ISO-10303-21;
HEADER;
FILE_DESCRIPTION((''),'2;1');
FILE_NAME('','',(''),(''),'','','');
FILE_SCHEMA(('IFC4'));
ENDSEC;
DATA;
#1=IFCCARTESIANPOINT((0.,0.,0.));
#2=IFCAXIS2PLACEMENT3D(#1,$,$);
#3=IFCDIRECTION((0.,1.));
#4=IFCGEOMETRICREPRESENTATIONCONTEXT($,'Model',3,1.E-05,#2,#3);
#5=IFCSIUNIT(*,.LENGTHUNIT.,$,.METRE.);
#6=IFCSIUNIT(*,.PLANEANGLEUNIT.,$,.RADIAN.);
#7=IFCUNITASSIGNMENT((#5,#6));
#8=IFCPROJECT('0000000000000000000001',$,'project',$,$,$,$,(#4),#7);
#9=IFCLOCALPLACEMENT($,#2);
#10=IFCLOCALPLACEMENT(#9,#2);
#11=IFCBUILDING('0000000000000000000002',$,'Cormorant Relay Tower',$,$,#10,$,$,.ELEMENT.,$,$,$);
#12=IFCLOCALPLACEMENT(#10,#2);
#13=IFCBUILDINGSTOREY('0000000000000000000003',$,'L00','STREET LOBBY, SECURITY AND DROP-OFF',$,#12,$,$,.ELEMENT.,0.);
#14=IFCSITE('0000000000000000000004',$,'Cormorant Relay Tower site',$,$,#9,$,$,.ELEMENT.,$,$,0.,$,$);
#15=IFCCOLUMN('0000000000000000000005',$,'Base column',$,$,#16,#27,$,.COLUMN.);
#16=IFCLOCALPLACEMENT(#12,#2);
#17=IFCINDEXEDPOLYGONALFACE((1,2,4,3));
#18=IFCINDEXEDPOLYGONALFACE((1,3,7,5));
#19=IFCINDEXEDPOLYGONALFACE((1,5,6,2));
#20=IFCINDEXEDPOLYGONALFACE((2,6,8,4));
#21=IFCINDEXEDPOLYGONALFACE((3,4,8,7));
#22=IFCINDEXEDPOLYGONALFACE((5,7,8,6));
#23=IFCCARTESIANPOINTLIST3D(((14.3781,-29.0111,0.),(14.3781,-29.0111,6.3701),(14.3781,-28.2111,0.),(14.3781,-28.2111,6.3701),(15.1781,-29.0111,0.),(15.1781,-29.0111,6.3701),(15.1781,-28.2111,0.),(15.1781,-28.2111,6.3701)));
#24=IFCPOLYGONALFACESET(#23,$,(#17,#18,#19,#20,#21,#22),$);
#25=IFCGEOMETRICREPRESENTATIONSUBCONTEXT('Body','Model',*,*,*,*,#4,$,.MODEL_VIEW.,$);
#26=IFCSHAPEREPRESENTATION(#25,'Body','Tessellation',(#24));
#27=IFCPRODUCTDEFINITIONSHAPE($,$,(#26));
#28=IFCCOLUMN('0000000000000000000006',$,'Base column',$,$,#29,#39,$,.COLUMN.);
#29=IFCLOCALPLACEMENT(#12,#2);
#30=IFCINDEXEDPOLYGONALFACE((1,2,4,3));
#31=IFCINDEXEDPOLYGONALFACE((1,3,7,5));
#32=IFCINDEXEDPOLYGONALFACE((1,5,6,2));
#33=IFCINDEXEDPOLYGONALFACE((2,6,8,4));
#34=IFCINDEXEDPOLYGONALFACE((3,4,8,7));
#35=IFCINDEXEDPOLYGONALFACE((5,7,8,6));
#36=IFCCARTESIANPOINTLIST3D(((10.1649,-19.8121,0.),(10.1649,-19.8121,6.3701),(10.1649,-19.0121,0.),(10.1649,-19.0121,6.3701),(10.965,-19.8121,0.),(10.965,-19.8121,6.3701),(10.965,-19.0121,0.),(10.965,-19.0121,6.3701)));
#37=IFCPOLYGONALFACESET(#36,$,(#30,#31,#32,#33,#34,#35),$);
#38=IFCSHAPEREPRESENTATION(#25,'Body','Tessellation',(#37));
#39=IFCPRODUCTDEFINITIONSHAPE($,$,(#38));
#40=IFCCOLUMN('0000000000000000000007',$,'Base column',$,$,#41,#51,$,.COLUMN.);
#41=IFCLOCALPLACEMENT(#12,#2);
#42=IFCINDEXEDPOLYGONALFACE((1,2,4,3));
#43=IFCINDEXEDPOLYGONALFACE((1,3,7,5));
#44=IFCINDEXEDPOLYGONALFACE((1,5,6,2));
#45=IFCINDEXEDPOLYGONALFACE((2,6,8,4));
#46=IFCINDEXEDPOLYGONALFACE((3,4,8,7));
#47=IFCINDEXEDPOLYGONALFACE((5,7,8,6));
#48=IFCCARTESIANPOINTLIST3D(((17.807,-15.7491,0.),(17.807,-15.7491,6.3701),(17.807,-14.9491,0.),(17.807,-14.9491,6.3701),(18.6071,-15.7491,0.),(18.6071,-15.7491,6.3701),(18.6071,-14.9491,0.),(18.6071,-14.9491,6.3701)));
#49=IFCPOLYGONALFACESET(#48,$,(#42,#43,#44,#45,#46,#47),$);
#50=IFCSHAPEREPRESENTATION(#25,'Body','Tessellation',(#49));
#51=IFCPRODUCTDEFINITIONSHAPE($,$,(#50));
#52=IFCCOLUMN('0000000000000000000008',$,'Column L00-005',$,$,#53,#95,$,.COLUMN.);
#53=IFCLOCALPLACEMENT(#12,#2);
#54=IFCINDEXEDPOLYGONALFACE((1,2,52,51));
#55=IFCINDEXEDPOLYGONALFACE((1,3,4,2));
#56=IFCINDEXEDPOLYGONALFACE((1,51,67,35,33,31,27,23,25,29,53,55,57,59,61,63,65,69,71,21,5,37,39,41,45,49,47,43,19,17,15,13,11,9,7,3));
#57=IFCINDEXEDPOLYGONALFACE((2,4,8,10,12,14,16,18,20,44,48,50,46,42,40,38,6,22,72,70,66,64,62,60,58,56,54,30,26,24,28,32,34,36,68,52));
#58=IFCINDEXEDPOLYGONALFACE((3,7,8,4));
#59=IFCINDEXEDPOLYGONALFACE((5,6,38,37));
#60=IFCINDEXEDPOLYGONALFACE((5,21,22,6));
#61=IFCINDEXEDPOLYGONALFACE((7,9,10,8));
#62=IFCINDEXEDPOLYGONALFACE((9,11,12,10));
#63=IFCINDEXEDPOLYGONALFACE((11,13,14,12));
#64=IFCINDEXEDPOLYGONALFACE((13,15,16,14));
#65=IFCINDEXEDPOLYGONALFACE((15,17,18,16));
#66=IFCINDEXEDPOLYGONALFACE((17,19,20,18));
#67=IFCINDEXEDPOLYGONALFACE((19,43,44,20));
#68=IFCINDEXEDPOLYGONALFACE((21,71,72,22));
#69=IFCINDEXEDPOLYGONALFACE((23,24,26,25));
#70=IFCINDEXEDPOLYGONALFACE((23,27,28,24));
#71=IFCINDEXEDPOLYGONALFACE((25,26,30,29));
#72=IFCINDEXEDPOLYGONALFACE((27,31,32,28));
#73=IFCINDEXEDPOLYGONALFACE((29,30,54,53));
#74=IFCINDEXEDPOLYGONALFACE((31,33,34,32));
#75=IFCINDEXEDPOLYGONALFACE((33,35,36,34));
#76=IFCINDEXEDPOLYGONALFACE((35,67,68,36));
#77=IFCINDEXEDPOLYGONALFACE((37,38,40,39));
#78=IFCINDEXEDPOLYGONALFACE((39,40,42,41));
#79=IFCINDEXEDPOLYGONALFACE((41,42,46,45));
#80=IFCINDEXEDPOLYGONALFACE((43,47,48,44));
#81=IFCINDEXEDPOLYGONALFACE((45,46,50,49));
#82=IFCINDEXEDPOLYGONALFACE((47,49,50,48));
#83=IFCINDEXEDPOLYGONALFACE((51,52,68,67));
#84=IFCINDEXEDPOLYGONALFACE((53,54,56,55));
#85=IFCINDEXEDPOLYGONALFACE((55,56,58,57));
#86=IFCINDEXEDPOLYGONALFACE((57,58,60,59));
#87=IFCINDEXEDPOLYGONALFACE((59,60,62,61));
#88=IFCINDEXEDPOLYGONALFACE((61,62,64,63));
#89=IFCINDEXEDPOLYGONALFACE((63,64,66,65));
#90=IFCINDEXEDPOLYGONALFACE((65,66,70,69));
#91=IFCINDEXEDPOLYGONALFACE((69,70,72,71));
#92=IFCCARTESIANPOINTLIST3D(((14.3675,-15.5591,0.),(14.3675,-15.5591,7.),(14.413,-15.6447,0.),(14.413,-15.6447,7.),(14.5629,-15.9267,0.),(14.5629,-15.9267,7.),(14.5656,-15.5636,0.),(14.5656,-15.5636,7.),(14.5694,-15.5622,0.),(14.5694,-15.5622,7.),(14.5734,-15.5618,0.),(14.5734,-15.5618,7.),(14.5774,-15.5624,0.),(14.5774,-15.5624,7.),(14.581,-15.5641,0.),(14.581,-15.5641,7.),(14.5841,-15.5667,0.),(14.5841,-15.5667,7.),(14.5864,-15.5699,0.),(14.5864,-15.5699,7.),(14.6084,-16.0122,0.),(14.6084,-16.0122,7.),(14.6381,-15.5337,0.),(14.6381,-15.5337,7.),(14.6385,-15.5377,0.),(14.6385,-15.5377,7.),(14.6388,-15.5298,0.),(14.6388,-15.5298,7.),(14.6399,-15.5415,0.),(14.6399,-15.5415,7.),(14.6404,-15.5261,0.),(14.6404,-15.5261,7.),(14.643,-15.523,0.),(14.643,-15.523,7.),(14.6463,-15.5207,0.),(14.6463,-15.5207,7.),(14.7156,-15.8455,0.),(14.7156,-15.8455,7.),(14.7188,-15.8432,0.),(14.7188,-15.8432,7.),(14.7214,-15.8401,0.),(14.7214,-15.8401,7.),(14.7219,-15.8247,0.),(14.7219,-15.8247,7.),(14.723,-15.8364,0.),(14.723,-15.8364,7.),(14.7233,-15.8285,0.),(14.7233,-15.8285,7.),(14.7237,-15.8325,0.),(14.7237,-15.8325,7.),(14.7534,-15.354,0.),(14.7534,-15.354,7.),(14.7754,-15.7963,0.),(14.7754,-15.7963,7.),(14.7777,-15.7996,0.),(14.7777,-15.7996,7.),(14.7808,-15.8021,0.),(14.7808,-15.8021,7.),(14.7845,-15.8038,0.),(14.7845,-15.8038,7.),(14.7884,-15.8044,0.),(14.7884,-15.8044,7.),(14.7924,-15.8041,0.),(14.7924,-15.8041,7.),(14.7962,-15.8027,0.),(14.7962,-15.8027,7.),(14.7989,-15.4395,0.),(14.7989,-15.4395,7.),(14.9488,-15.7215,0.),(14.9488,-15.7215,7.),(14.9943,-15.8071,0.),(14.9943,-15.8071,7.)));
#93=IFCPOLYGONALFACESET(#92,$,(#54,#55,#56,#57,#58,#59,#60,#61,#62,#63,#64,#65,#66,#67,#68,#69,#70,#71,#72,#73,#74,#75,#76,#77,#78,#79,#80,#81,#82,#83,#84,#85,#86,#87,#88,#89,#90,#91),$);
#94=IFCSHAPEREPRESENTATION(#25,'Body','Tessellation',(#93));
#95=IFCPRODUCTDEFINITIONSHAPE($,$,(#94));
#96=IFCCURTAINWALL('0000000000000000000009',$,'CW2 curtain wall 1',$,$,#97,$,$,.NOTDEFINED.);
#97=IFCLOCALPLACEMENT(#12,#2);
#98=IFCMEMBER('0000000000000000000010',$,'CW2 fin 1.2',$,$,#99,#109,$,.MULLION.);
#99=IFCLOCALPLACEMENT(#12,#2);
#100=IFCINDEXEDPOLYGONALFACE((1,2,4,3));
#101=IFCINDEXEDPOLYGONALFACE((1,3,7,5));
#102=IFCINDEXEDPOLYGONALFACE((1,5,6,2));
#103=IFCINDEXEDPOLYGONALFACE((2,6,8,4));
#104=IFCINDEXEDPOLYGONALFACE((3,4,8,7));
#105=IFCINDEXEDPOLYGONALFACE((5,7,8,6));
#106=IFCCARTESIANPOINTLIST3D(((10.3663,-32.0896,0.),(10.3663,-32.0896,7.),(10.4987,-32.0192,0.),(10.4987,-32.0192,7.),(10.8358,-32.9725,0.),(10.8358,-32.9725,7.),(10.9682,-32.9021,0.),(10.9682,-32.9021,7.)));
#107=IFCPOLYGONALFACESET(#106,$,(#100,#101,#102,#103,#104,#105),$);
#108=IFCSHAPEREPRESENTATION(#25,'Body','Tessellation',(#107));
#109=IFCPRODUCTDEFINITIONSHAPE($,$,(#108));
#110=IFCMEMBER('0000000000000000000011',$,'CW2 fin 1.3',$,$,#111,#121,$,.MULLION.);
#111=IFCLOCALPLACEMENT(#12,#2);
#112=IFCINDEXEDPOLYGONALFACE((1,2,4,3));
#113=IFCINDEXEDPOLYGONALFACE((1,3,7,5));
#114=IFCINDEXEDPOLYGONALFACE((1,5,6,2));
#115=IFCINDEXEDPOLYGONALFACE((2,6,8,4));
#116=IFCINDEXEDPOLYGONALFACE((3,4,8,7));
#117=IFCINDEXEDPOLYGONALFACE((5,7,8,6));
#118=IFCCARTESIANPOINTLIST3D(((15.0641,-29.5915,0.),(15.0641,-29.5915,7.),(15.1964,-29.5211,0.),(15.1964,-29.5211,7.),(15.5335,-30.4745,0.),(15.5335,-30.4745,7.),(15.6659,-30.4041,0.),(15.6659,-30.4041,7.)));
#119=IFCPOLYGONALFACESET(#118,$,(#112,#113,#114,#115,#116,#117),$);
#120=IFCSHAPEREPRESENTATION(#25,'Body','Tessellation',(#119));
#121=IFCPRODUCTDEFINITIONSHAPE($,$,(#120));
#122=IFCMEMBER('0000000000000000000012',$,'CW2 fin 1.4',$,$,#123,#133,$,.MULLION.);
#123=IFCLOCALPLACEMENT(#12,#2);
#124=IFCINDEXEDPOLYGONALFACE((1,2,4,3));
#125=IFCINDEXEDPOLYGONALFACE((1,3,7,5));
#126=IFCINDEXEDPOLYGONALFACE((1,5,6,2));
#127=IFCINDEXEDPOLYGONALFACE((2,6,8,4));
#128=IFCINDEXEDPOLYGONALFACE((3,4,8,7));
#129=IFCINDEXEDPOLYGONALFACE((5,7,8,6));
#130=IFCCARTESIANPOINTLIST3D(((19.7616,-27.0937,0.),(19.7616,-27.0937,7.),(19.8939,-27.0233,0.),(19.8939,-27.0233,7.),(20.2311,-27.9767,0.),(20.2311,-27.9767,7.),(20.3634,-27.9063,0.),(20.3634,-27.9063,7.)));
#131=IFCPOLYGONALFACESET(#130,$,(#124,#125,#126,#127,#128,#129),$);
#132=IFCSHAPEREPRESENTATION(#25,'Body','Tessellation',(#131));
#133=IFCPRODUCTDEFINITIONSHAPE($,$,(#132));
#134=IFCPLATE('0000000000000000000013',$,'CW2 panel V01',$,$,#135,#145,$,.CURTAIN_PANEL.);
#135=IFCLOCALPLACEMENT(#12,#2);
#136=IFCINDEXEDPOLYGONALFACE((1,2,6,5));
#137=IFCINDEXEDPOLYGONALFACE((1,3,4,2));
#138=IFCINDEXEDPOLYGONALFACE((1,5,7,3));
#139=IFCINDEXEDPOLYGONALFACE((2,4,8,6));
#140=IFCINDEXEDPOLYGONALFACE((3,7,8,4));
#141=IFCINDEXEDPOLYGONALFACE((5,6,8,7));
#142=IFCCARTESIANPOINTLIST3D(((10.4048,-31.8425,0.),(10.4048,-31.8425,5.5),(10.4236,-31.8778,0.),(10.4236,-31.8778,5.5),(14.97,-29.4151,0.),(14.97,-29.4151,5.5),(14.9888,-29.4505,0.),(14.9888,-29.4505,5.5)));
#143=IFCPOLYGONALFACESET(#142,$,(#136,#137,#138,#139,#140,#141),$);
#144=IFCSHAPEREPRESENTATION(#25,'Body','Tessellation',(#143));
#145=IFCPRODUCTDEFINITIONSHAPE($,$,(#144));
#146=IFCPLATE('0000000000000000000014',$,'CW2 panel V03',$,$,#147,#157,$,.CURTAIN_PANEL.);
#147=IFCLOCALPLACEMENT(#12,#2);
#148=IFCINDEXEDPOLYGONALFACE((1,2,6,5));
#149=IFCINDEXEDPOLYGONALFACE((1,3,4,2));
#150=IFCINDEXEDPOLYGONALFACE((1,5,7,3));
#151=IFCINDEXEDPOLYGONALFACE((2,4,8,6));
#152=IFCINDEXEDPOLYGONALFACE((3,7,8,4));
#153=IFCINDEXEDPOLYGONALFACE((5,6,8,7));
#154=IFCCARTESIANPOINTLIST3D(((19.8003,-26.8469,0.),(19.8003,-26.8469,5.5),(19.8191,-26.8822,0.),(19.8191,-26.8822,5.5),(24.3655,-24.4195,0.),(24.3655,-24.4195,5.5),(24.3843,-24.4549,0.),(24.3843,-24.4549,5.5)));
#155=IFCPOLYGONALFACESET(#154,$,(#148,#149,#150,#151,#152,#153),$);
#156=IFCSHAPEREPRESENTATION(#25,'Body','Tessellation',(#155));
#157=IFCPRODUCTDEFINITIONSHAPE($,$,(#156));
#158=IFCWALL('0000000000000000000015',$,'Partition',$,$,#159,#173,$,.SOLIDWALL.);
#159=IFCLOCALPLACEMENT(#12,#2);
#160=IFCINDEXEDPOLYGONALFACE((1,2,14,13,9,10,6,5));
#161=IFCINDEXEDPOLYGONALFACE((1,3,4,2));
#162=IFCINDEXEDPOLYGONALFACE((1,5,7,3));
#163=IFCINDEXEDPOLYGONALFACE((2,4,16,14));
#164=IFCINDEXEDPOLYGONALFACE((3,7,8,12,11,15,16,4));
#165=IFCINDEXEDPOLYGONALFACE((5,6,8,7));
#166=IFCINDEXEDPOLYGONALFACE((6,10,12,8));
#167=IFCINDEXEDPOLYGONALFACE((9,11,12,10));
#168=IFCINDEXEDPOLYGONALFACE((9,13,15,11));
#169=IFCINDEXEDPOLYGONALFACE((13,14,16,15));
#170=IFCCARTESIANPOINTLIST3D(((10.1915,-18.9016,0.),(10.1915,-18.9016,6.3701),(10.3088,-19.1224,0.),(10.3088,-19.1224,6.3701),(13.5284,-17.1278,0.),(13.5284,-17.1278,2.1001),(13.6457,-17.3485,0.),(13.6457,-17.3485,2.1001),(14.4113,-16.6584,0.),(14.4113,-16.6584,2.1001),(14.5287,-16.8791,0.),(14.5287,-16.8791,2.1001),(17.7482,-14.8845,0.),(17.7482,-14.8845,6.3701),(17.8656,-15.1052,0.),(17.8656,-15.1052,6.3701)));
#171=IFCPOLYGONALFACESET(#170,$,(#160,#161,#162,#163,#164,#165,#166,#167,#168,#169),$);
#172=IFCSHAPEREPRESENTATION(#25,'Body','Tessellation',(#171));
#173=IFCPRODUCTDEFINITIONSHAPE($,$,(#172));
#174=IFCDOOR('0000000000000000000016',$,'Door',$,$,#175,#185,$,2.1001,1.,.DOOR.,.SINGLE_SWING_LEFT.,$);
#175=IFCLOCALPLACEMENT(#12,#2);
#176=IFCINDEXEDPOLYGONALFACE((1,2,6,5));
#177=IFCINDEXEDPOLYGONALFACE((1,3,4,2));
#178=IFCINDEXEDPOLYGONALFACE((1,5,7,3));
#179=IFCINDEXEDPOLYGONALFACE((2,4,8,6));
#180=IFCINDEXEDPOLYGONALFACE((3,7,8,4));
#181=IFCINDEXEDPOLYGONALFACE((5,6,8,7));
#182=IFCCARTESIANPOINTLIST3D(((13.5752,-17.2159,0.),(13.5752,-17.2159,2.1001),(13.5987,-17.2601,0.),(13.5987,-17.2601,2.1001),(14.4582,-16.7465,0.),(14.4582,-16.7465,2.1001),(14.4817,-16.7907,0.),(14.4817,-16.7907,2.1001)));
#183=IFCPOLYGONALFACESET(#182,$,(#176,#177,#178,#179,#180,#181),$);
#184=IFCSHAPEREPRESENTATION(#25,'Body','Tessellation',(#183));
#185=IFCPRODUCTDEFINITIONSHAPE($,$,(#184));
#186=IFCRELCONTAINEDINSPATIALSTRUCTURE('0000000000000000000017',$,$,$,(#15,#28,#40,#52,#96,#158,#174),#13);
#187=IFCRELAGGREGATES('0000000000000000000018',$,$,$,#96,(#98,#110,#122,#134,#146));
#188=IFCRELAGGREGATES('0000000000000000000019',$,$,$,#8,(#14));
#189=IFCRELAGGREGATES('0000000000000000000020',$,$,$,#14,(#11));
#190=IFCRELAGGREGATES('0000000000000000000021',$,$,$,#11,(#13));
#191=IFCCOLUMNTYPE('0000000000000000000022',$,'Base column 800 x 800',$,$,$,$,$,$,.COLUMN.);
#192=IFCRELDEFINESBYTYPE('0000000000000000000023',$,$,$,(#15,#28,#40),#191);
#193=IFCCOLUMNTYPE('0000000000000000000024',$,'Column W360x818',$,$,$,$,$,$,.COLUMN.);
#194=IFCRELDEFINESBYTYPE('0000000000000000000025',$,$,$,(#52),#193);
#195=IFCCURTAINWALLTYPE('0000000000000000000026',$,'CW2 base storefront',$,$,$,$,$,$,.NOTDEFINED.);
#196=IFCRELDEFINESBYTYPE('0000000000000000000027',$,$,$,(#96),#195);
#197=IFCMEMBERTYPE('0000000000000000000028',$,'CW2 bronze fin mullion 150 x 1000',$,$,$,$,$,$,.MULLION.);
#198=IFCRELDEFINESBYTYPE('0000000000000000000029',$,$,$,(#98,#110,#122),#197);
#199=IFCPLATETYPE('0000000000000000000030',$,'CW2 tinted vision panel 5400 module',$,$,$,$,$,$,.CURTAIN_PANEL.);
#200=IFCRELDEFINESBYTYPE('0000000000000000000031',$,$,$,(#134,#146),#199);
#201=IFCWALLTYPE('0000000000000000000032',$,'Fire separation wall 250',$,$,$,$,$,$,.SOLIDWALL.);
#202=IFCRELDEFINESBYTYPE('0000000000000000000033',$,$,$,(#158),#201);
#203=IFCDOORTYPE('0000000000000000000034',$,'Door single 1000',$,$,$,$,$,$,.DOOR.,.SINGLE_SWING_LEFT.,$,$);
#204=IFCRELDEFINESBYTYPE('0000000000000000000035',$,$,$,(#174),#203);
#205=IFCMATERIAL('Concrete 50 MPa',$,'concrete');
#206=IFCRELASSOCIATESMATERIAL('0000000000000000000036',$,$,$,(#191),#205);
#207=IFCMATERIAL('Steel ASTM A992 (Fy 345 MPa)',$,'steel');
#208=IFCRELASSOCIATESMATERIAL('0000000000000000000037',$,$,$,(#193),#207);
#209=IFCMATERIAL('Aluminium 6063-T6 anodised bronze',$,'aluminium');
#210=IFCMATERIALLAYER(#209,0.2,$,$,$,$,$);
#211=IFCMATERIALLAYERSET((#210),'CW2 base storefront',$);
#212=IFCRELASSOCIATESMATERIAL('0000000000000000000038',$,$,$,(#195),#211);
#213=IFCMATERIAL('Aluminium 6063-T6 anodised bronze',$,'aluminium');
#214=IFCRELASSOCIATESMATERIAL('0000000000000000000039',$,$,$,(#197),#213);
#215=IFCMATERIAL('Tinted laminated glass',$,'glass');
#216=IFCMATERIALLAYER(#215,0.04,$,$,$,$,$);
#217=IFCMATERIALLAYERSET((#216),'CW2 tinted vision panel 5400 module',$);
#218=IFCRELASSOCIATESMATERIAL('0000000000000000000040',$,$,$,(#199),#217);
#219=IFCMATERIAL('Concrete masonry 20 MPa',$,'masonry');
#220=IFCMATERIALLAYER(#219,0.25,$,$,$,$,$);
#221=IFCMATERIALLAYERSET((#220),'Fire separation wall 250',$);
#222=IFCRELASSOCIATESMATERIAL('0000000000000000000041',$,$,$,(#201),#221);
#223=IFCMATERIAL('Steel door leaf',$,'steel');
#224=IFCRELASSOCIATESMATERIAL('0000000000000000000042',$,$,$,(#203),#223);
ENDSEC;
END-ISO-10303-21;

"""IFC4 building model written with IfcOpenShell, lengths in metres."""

from ifc_helpers import new_model, si_unit, direction, frame, frame_2d, origin, origin_2d, place, context, subcontext, project, spatial, rectangle, i_section, extrude, material, layer, layer_set, material_profile, profile_set, type_object, element, fill, aggregate, save


model = new_model("IFC4")

# Units and contexts
model_context = context("Model", 3, precision=1e-05, world=origin(), true_north=direction((0.0, 1.0)))
body_context = subcontext(model_context, "Body", "Model", "MODEL_VIEW")
ifc_project = project(units=[si_unit("LENGTHUNIT", "METRE"), si_unit("PLANEANGLEUNIT", "RADIAN")], contexts=[model_context])

# Site, building, storey
site_placement = place(None, origin())
site = spatial("IfcSite", under=ifc_project, at=site_placement, Name="Cormorant Relay Tower site", CompositionType="ELEMENT", RefElevation=0.0)
building_placement = place(site_placement, origin())
building = spatial("IfcBuilding", under=site, at=building_placement, Name="Cormorant Relay Tower", CompositionType="ELEMENT")
storey_placement = place(building_placement, origin())
storey = spatial("IfcBuildingStorey", under=building, at=storey_placement, Name="L00", Description="STREET LOBBY, SECURITY AND DROP-OFF", CompositionType="ELEMENT", Elevation=0.0)

# Columns
ifc_material_1 = material(Name="Concrete 50 MPa", Category="concrete")
ifc_material_profile_1 = material_profile(ifc_material_1, rectangle(XDim=0.8, YDim=0.8, at=origin_2d()), Name="RC 800x800")
ifc_profile_set_1 = profile_set([ifc_material_profile_1], Name="Concrete 50 MPa")
column_type_1 = type_object("IfcColumnType", Name="Base column 800 x 800", PredefinedType="COLUMN", material=ifc_profile_set_1)
for number, where, z_axis, x_axis, name in (
    (1, (14.7781, -28.6111, 0.0), (0.0, 0.0, 1.0), (1.0, 0.0, 0.0), "Base column"),
    (2, (10.5649, -19.4121, 0.0), (0.0, 0.0, 1.0), (1.0, 0.0, 0.0), "Base column"),
    (3, (18.207, -15.3491, 0.0), (0.0, 0.0, 1.0), (1.0, 0.0, 0.0), "Base column"),
):
    element("IfcColumn", number, at=place(storey_placement, frame(where, z_axis=z_axis, x_axis=x_axis)), inside=storey, type_object=column_type_1, Name=name, PredefinedType="COLUMN", context=body_context, shape_type="SweptSolid", body=[
        extrude(rectangle(XDim=0.8, YDim=0.8, at=origin_2d()), origin(), (0.0, 0.0, 1.0), 6.3701),
    ])
ifc_material_2 = material(Name="Steel ASTM A992 (Fy 345 MPa)", Category="steel")
ifc_material_profile_2 = material_profile(ifc_material_2, i_section(OverallWidth=0.437, OverallDepth=0.5132, WebThickness=0.0605, FlangeThickness=0.0969, FilletRadius=0.0154, at=origin_2d()), Name="W360x818")
ifc_profile_set_2 = profile_set([ifc_material_profile_2], Name="Steel ASTM A992 (Fy 345 MPa)")
column_type_2 = type_object("IfcColumnType", Name="Column W360x818", PredefinedType="COLUMN", material=ifc_profile_set_2)
column_placement = place(storey_placement, frame((14.6809, -15.6831, 0.0), z_axis=(0.0, 0.0, 1.0), x_axis=(0.882948, 0.469472, 0.0)))
element("IfcColumn", 4, at=column_placement, inside=storey, type_object=column_type_2, Name="Column L00-005", PredefinedType="COLUMN", context=body_context, shape_type="SweptSolid", body=[
    extrude(i_section(OverallWidth=0.437, OverallDepth=0.5132, WebThickness=0.0605, FlangeThickness=0.0969, FilletRadius=0.0154, at=origin_2d()), origin(), (0.0, 0.0, 1.0), 7.0),
])

# Curtain wall, members, plates
ifc_material_3 = material(Name="Aluminium 6063-T6 anodised bronze", Category="aluminium")
ifc_layer_1 = layer(ifc_material_3, 0.2)
ifc_layer_set_1 = layer_set([ifc_layer_1], Name="CW2 base storefront")
curtain_wall_type = type_object("IfcCurtainWallType", Name="CW2 base storefront", PredefinedType="NOTDEFINED", material=ifc_layer_set_1)
curtain_wall_placement = place(storey_placement, origin())
curtain_wall = element("IfcCurtainWall", 5, at=curtain_wall_placement, inside=storey, type_object=curtain_wall_type, Name="CW2 curtain wall 1", PredefinedType="NOTDEFINED")
ifc_material_4 = material(Name="Aluminium 6063-T6 anodised bronze", Category="aluminium")
ifc_material_profile_3 = material_profile(ifc_material_4, rectangle(XDim=0.1499, YDim=1.0, at=origin_2d()), Name="AL 150x1000")
ifc_profile_set_3 = profile_set([ifc_material_profile_3], Name="Aluminium 6063-T6 anodised bronze")
member_type = type_object("IfcMemberType", Name="CW2 bronze fin mullion 150 x 1000", PredefinedType="MULLION", material=ifc_profile_set_3)
member_1_placement = place(storey_placement, frame((10.6672, -32.4958, 0.0), z_axis=(0.0, 0.0, 1.0), x_axis=(0.882948, 0.469472, 0.0)))
member_1 = element("IfcMember", 6, at=member_1_placement, type_object=member_type, Name="CW2 fin 1.2", PredefinedType="MULLION", context=body_context, shape_type="SweptSolid", body=[
    extrude(rectangle(XDim=0.1499, YDim=1.0, at=origin_2d()), origin(), (0.0, 0.0, 1.0), 7.0),
])
member_2_placement = place(storey_placement, frame((15.365, -29.9978, 0.0), z_axis=(0.0, 0.0, 1.0), x_axis=(0.882948, 0.469472, 0.0)))
member_2 = element("IfcMember", 7, at=member_2_placement, type_object=member_type, Name="CW2 fin 1.3", PredefinedType="MULLION", context=body_context, shape_type="SweptSolid", body=[
    extrude(rectangle(XDim=0.1499, YDim=1.0, at=origin_2d()), origin(), (0.0, 0.0, 1.0), 7.0),
])
member_3_placement = place(storey_placement, frame((20.0625, -27.5, 0.0), z_axis=(0.0, 0.0, 1.0), x_axis=(0.882948, 0.469472, 0.0)))
member_3 = element("IfcMember", 8, at=member_3_placement, type_object=member_type, Name="CW2 fin 1.4", PredefinedType="MULLION", context=body_context, shape_type="SweptSolid", body=[
    extrude(rectangle(XDim=0.1499, YDim=1.0, at=origin_2d()), origin(), (0.0, 0.0, 1.0), 7.0),
])
ifc_material_5 = material(Name="Tinted laminated glass", Category="glass")
ifc_layer_2 = layer(ifc_material_5, 0.04)
ifc_layer_set_2 = layer_set([ifc_layer_2], Name="CW2 tinted vision panel 5400 module")
plate_type = type_object("IfcPlateType", Name="CW2 tinted vision panel 5400 module", PredefinedType="CURTAIN_PANEL", material=ifc_layer_set_2)
plate_1_placement = place(storey_placement, frame((12.6968, -30.6465, 0.0), z_axis=(0.0, 0.0, 1.0), x_axis=(0.882948, 0.469472, 0.0)))
plate_1 = element("IfcPlate", 9, at=plate_1_placement, type_object=plate_type, Name="CW2 panel V01", PredefinedType="CURTAIN_PANEL", context=body_context, shape_type="SweptSolid", body=[
    extrude(rectangle(XDim=5.1704, YDim=0.04, at=origin_2d()), origin(), (0.0, 0.0, 1.0), 5.5),
])
plate_2_placement = place(storey_placement, frame((22.0923, -25.6509, 0.0), z_axis=(0.0, 0.0, 1.0), x_axis=(0.882948, 0.469472, 0.0)))
plate_2 = element("IfcPlate", 10, at=plate_2_placement, type_object=plate_type, Name="CW2 panel V03", PredefinedType="CURTAIN_PANEL", context=body_context, shape_type="SweptSolid", body=[
    extrude(rectangle(XDim=5.1704, YDim=0.04, at=origin_2d()), origin(), (0.0, 0.0, 1.0), 5.5),
])
aggregate(curtain_wall, [member_1, member_2, member_3, plate_1, plate_2])

# Wall, opening, door
ifc_material_6 = material(Name="Concrete masonry 20 MPa", Category="masonry")
ifc_layer_3 = layer(ifc_material_6, 0.25)
ifc_layer_set_3 = layer_set([ifc_layer_3], Name="Fire separation wall 250")
wall_type_1 = type_object("IfcWallType", Name="Fire separation wall 250", PredefinedType="SOLIDWALL", material=ifc_layer_set_3)
wall_1_placement = place(storey_placement, frame((17.8069, -14.9949, 0.0), z_axis=(0.0, 0.0, 1.0), x_axis=(-0.882989, -0.469394, 0.0)))
wall_1 = element("IfcWall", 11, at=wall_1_placement, inside=storey, type_object=wall_type_1, Name="Partition", PredefinedType="SOLIDWALL", context=body_context, shape_type="SweptSolid", body=[
    extrude(rectangle(XDim=8.5581, YDim=0.25, at=frame_2d((4.2791, 0.0))), origin(), (0.0, 0.0, 1.0), 6.3701),
])
opening_1_placement = place(wall_1_placement, frame((3.7791, 0.0, 0.0)))
opening_1 = element("IfcOpeningElement", 12, at=opening_1_placement, cuts=wall_1, PredefinedType="OPENING", context=body_context, shape_type="SweptSolid", body=[
    extrude(rectangle(XDim=1.0, YDim=2.1001, at=frame_2d((0.5, 1.05))), frame((0.0, 0.135, 0.0), z_axis=(0.0, -1.0, 0.0), x_axis=(1.0, 0.0, 0.0)), (0.0, 0.0, 1.0), 0.27),
])
ifc_material_7 = material(Name="Steel door leaf", Category="steel")
door_type_1 = type_object("IfcDoorType", Name="Door single 1000", OperationType="SINGLE_SWING_LEFT", PredefinedType="DOOR", material=ifc_material_7)
door_1_placement = place(opening_1_placement, origin())
door_1 = element("IfcDoor", 13, at=door_1_placement, inside=storey, type_object=door_type_1, Name="Door", OperationType="SINGLE_SWING_LEFT", OverallHeight=2.1001, OverallWidth=1.0, PredefinedType="DOOR", context=body_context, shape_type="SweptSolid", body=[
    extrude(rectangle(XDim=1.0, YDim=2.1001, at=frame_2d((0.5, 1.05))), frame((0.0, 0.0249, 0.0), z_axis=(0.0, -1.0, 0.0), x_axis=(1.0, 0.0, 0.0)), (0.0, 0.0, 1.0), 0.05),
])
fill(opening_1, door_1)

save(model, "model.ifc")
